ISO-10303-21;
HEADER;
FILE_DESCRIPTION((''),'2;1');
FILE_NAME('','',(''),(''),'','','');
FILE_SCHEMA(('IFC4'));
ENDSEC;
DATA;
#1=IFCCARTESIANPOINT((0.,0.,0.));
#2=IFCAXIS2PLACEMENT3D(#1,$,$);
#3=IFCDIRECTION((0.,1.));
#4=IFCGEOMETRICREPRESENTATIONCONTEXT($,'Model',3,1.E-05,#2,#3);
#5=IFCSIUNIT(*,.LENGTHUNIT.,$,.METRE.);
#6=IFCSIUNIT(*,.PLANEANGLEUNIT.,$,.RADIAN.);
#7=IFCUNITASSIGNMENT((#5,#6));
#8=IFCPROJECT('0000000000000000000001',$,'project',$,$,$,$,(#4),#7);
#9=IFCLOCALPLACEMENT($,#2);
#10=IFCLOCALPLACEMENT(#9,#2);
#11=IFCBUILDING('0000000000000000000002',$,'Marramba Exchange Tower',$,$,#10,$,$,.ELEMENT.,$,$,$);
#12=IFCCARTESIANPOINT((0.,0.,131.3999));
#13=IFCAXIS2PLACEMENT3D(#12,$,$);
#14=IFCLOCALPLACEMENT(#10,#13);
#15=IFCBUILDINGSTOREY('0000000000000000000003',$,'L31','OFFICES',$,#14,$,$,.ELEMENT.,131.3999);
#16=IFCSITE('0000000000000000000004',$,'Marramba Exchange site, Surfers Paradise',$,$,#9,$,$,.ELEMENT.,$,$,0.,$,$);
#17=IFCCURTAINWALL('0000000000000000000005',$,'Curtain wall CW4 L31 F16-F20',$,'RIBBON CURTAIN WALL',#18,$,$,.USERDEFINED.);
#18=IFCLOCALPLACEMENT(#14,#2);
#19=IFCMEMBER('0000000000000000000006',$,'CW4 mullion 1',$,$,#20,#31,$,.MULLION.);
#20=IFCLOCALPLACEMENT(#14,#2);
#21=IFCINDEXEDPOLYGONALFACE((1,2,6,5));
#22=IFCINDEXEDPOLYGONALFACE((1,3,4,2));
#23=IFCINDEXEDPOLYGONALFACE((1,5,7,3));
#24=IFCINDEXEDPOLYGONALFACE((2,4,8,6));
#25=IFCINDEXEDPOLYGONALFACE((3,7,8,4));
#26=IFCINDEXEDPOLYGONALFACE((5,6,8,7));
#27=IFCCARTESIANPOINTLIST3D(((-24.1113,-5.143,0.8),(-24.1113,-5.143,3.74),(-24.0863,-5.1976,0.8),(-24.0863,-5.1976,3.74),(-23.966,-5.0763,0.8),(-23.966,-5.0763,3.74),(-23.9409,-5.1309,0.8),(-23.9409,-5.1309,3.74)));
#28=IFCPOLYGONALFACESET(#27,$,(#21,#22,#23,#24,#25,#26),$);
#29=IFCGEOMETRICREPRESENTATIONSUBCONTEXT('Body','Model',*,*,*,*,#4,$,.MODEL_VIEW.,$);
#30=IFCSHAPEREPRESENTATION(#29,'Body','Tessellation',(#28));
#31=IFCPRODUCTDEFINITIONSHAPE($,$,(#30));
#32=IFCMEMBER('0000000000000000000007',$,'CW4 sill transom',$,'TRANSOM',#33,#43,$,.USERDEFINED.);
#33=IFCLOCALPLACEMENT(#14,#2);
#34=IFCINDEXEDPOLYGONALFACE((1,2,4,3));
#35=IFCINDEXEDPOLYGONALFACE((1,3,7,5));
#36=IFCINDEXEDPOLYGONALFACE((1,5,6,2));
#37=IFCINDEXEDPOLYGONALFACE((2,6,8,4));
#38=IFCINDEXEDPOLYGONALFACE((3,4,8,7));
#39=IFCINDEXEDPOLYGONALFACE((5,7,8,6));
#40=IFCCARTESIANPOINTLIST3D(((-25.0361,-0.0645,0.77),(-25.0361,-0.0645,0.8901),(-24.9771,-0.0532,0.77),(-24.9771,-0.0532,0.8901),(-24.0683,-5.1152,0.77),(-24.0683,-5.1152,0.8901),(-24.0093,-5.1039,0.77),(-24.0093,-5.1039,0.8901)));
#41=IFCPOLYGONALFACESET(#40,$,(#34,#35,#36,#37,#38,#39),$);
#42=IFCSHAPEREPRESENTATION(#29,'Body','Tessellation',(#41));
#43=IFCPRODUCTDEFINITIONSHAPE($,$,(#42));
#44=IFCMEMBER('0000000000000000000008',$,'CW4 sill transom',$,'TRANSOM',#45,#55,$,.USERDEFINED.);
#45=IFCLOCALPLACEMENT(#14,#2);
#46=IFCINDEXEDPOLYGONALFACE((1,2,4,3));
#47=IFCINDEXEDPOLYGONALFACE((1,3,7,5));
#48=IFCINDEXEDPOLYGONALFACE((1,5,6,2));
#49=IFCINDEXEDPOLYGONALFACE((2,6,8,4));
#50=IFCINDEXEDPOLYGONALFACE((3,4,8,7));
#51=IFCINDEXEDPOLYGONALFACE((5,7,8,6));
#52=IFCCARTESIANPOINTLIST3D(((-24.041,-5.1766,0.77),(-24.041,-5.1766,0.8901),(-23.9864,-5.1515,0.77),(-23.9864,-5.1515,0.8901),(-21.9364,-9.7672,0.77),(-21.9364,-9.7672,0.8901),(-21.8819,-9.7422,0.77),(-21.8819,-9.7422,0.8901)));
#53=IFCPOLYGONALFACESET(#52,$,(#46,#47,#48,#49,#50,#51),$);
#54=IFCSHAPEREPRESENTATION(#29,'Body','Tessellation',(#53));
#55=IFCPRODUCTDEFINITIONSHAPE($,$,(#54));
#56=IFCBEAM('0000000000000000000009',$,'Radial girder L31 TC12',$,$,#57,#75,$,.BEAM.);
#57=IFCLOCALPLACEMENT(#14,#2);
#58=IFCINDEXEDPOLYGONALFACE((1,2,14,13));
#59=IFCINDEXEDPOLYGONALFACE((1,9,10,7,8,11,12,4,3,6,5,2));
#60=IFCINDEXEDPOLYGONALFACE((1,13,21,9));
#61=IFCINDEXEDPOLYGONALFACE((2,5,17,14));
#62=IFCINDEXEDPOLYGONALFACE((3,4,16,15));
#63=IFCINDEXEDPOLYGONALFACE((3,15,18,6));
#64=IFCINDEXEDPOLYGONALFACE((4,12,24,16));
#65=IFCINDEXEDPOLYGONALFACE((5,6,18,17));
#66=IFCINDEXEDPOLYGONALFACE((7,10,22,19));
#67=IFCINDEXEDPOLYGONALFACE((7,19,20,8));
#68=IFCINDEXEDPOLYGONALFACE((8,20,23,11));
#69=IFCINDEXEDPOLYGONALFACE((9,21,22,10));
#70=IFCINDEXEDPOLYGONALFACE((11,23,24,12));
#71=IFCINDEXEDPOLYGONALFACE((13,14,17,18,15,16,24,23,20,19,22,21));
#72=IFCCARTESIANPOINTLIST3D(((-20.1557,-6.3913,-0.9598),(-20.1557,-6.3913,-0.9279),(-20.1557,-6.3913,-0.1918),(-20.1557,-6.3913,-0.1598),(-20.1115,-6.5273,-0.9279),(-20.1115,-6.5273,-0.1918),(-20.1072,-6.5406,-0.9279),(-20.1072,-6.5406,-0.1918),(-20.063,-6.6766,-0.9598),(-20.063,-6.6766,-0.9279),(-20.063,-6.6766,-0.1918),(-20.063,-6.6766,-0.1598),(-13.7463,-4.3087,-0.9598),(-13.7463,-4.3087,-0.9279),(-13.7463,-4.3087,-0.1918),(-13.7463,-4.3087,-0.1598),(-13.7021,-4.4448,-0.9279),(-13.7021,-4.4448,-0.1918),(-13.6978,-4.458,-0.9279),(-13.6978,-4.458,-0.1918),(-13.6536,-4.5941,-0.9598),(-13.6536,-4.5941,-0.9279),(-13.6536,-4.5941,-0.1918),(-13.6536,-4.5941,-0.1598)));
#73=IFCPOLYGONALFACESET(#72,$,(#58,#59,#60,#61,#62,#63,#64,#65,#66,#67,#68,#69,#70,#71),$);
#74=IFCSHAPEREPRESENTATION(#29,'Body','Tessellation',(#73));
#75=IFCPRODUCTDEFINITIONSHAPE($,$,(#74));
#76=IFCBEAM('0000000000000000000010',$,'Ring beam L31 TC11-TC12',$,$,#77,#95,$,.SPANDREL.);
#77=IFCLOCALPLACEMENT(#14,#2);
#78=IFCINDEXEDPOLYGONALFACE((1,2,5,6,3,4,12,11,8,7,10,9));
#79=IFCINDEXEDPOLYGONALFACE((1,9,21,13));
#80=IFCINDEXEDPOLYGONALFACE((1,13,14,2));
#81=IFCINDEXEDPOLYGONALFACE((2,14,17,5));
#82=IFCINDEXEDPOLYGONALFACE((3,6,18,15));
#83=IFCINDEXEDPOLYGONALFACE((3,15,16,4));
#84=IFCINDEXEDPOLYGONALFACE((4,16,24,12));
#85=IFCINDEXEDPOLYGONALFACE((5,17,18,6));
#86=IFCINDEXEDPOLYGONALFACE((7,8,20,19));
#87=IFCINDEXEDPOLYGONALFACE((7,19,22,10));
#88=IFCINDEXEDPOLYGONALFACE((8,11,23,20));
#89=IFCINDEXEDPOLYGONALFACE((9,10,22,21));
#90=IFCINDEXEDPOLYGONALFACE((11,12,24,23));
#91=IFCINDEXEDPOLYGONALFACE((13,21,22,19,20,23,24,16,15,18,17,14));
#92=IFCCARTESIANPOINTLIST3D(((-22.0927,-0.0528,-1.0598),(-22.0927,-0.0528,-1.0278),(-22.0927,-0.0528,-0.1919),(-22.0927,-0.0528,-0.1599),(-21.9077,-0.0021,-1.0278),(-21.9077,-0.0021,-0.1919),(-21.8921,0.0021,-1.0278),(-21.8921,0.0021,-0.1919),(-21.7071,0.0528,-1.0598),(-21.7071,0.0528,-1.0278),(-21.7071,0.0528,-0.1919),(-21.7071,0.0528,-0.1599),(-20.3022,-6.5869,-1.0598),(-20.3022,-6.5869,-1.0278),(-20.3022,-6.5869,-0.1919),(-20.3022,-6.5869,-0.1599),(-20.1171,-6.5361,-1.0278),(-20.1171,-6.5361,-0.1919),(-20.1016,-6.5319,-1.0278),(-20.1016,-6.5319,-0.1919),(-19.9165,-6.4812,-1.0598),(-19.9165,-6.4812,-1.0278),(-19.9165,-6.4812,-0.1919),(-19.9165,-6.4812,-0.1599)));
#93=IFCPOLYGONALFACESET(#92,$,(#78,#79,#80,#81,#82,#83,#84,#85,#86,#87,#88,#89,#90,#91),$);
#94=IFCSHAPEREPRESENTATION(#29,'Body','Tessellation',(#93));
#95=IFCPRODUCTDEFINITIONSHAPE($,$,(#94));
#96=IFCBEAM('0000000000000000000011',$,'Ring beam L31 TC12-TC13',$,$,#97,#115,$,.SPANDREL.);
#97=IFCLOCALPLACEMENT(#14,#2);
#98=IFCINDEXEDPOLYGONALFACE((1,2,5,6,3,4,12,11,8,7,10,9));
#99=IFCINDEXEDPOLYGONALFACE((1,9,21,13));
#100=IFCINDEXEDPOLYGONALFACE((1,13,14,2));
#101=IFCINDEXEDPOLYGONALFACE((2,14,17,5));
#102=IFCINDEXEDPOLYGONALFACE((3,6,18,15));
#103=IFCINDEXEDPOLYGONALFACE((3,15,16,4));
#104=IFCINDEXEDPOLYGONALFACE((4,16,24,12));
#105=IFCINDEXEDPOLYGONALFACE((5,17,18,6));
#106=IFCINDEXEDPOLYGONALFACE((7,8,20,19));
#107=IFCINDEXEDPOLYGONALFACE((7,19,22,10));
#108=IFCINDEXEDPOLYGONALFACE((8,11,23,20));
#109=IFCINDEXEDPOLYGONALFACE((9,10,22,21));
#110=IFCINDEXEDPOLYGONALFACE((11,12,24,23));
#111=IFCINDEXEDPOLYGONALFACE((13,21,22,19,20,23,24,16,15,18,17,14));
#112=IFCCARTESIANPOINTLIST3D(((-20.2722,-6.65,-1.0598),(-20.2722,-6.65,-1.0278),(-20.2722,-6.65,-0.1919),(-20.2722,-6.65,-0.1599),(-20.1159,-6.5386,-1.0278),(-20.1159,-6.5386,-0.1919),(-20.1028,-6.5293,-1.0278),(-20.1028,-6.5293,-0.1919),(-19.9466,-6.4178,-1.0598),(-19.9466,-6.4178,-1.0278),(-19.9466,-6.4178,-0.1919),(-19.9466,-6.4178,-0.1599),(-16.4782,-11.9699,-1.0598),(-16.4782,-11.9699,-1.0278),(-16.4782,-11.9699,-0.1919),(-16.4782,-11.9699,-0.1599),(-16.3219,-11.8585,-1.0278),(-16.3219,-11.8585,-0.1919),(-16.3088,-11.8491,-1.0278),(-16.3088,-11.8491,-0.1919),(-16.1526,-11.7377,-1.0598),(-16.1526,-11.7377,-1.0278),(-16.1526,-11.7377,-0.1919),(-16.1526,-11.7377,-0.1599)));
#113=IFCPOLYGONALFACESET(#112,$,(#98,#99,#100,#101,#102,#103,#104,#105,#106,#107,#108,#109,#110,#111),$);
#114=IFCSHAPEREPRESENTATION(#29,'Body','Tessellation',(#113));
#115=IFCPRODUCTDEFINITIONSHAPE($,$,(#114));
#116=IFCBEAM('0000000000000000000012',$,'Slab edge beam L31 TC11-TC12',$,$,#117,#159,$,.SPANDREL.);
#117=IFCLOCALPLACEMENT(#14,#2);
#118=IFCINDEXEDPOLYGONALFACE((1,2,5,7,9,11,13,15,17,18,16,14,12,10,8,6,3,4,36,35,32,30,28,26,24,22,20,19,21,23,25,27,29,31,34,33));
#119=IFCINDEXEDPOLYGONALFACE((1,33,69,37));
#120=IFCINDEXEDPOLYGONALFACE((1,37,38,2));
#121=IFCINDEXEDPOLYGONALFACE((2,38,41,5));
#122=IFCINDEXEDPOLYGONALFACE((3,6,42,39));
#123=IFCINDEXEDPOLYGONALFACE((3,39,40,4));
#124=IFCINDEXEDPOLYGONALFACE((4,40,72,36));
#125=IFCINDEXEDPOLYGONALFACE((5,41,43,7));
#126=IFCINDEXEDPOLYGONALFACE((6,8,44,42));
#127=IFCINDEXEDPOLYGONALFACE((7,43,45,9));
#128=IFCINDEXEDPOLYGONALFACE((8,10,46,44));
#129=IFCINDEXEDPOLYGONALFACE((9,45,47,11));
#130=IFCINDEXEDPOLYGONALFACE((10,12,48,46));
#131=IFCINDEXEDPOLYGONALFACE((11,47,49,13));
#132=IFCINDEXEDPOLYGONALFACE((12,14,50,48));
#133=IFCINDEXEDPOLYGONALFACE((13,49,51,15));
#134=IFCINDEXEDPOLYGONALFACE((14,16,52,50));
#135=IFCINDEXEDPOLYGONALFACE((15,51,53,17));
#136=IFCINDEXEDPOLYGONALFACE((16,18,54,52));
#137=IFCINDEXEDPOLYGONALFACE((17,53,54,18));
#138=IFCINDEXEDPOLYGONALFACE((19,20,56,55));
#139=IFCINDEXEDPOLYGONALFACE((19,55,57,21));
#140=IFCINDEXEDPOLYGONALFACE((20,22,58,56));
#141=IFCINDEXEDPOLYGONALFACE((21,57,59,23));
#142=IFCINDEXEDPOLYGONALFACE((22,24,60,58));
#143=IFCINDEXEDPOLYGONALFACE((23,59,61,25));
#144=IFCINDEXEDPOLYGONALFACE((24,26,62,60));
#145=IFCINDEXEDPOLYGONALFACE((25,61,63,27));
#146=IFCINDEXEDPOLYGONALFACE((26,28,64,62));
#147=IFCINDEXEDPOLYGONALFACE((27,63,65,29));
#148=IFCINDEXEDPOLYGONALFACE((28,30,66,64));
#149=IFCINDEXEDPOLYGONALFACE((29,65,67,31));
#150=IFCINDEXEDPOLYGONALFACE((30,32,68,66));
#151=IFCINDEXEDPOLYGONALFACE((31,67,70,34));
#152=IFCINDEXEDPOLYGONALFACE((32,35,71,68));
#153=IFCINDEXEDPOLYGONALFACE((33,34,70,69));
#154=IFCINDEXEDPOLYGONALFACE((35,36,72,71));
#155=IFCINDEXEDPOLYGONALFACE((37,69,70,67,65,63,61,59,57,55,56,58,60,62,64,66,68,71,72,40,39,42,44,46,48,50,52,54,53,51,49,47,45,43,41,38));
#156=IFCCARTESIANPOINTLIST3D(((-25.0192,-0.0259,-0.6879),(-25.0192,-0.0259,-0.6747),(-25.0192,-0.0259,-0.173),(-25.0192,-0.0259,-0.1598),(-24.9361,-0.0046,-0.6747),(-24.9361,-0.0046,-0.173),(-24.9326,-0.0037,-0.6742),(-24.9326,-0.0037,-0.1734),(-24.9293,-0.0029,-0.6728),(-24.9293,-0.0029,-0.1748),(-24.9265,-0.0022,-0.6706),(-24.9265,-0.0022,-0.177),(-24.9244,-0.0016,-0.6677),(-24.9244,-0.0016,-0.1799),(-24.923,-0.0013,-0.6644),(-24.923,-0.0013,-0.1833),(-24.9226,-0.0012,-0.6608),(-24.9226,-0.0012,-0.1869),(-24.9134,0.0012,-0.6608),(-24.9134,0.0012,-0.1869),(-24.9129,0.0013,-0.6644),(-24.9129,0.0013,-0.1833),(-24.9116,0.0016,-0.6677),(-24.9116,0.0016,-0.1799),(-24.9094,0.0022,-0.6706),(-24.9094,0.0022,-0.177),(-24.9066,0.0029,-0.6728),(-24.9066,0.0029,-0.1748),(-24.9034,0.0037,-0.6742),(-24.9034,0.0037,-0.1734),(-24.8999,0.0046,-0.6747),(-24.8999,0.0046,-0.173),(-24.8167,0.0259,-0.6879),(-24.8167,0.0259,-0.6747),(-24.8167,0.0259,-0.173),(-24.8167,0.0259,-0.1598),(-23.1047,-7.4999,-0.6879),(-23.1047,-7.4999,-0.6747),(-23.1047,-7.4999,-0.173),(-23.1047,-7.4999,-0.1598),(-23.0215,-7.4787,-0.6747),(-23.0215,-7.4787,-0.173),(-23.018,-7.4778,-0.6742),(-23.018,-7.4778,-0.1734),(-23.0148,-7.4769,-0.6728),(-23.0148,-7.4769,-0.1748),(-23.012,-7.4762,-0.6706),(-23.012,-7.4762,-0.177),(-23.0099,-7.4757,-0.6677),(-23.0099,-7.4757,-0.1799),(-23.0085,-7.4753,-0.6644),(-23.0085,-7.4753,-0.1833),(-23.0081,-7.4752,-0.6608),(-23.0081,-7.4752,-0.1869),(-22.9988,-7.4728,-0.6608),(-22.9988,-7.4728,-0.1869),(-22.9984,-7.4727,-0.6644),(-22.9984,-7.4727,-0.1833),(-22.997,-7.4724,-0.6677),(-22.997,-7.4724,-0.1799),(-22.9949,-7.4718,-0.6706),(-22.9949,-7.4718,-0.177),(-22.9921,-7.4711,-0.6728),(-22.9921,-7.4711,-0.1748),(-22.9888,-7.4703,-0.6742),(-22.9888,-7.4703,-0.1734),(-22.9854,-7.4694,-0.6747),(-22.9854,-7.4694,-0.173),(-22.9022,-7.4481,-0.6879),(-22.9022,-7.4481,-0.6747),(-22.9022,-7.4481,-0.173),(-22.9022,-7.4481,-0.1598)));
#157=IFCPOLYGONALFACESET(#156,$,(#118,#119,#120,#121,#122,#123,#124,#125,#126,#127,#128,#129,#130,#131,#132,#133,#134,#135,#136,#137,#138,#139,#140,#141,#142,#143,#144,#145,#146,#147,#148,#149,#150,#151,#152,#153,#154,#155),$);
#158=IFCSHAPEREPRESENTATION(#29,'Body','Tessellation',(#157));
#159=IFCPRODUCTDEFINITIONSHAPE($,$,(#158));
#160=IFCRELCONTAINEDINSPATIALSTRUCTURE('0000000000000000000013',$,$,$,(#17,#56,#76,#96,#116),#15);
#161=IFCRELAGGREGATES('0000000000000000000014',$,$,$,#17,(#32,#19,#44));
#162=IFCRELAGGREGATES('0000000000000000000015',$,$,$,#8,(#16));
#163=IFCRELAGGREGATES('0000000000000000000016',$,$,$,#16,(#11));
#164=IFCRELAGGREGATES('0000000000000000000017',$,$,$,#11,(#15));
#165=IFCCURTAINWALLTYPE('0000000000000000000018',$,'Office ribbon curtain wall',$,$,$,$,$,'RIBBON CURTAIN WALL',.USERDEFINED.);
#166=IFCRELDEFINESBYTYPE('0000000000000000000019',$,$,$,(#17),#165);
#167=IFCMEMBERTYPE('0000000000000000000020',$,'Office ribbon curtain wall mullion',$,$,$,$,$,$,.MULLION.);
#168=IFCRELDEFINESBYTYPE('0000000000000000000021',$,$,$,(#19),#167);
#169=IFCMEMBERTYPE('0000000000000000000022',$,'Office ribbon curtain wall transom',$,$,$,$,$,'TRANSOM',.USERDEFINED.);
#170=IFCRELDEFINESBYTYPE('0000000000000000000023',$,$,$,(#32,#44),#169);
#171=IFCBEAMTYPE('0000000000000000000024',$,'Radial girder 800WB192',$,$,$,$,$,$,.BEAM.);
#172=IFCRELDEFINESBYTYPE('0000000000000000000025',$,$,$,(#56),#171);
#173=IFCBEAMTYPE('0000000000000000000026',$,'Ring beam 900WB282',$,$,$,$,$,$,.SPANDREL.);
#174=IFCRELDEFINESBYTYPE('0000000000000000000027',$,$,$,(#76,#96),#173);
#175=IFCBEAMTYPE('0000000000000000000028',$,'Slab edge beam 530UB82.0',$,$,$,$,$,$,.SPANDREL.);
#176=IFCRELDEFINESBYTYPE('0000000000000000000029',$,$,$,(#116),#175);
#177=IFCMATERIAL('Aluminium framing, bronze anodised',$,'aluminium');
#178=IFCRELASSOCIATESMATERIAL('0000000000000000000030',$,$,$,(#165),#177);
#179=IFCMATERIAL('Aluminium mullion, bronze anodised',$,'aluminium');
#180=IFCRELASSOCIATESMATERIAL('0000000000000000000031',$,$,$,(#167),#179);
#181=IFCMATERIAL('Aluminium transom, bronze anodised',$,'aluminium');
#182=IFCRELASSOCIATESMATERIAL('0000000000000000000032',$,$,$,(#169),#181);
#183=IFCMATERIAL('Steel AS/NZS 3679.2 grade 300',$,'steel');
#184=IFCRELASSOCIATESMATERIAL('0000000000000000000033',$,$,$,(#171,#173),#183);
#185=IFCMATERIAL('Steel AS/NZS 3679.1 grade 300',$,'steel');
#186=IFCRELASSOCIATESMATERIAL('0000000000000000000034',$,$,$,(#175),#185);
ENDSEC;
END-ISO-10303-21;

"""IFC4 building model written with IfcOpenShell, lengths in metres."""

from ifc_helpers import new_model, si_unit, direction, frame, origin, origin_2d, place, context, subcontext, project, spatial, rectangle, i_section, extrude, material, material_profile, profile_set, type_object, element, aggregate, save


model = new_model("IFC4")

# Units and contexts
model_context = context("Model", 3, precision=1e-05, world=origin(), true_north=direction((0.0, 1.0)))
body_context = subcontext(model_context, "Body", "Model", "MODEL_VIEW")
ifc_project = project(units=[si_unit("LENGTHUNIT", "METRE"), si_unit("PLANEANGLEUNIT", "RADIAN")], contexts=[model_context])

# Site, building, storey
site_placement = place(None, origin())
site = spatial("IfcSite", under=ifc_project, at=site_placement, Name="Marramba Exchange site, Surfers Paradise", CompositionType="ELEMENT", RefElevation=0.0)
building_placement = place(site_placement, origin())
building = spatial("IfcBuilding", under=site, at=building_placement, Name="Marramba Exchange Tower", CompositionType="ELEMENT")
storey_placement = place(building_placement, frame((0.0, 0.0, 131.3999)))
storey = spatial("IfcBuildingStorey", under=building, at=storey_placement, Name="L31", Description="OFFICES", CompositionType="ELEMENT", Elevation=131.3999)

# Shared definitions
ifc_material_1 = material(Name="Steel AS/NZS 3679.2 grade 300", Category="steel")
ifc_material_2 = material(Name="Steel AS/NZS 3679.1 grade 300", Category="steel")

# Curtain wall, members
ifc_material_3 = material(Name="Aluminium framing, bronze anodised", Category="aluminium")
curtain_wall_type = type_object("IfcCurtainWallType", Name="Office ribbon curtain wall", ElementType="RIBBON CURTAIN WALL", PredefinedType="USERDEFINED", material=ifc_material_3)
curtain_wall_placement = place(storey_placement, origin())
curtain_wall = element("IfcCurtainWall", 1, at=curtain_wall_placement, inside=storey, type_object=curtain_wall_type, Name="Curtain wall CW4 L31 F16-F20", ObjectType="RIBBON CURTAIN WALL", PredefinedType="USERDEFINED")
ifc_material_4 = material(Name="Aluminium mullion, bronze anodised", Category="aluminium")
ifc_material_profile_1 = material_profile(ifc_material_4, rectangle(XDim=0.1599, YDim=0.0601, at=origin_2d()), Name="CW4 mullion 60x160")
ifc_profile_set_1 = profile_set([ifc_material_profile_1], Name="Aluminium mullion, bronze anodised")
member_type_1 = type_object("IfcMemberType", Name="Office ribbon curtain wall mullion", PredefinedType="MULLION", material=ifc_profile_set_1)
member_1_placement = place(storey_placement, frame((-24.0261, -5.137, 0.8), z_axis=(0.0, 0.0, 1.0), x_axis=(0.909027, 0.416738, 0.0)))
member_1 = element("IfcMember", 2, at=member_1_placement, type_object=member_type_1, Name="CW4 mullion 1", PredefinedType="MULLION", context=body_context, shape_type="SweptSolid", body=[
    extrude(rectangle(XDim=0.1599, YDim=0.0601, at=origin_2d()), origin(), (0.0, 0.0, 1.0), 2.9399),
])
ifc_material_5 = material(Name="Aluminium transom, bronze anodised", Category="aluminium")
ifc_material_profile_2 = material_profile(ifc_material_5, rectangle(XDim=0.0601, YDim=0.1201, at=origin_2d()), Name="CW4 transom 60x120")
ifc_profile_set_2 = profile_set([ifc_material_profile_2], Name="Aluminium transom, bronze anodised")
member_type_2 = type_object("IfcMemberType", Name="Office ribbon curtain wall transom", ElementType="TRANSOM", PredefinedType="USERDEFINED", material=ifc_profile_set_2)
member_2_placement = place(storey_placement, frame((-25.0066, -0.0588, 0.8301), z_axis=(0.188185, -0.982134, 0.0), x_axis=(0.982134, 0.188185, 0.0)))
member_2 = element("IfcMember", 3, at=member_2_placement, type_object=member_type_2, Name="CW4 sill transom", ObjectType="TRANSOM", PredefinedType="USERDEFINED", context=body_context, shape_type="SweptSolid", body=[
    extrude(rectangle(XDim=0.0601, YDim=0.1201, at=origin_2d()), origin(), (0.0, 0.0, 1.0), 5.1426),
])
member_3_placement = place(storey_placement, frame((-24.0137, -5.1641, 0.8301), z_axis=(0.416733, -0.909029, 0.0), x_axis=(0.909029, 0.416733, 0.0)))
member_3 = element("IfcMember", 4, at=member_3_placement, type_object=member_type_2, Name="CW4 sill transom", ObjectType="TRANSOM", PredefinedType="USERDEFINED", context=body_context, shape_type="SweptSolid", body=[
    extrude(rectangle(XDim=0.0601, YDim=0.1201, at=origin_2d()), origin(), (0.0, 0.0, 1.0), 5.05),
])

# Beams
ifc_material_profile_3 = material_profile(ifc_material_1, i_section(OverallWidth=0.3, OverallDepth=0.8, WebThickness=0.0139, FlangeThickness=0.032, at=origin_2d()), Name="800WB192")
ifc_profile_set_3 = profile_set([ifc_material_profile_3], Name="Steel AS/NZS 3679.2 grade 300")
beam_type_1 = type_object("IfcBeamType", Name="Radial girder 800WB192", PredefinedType="BEAM", material=ifc_profile_set_3)
beam_1_placement = place(storey_placement, frame((-13.7, -4.4514, -0.5598), z_axis=(-0.951058, -0.309013, 0.0), x_axis=(0.309013, -0.951058, 0.0)))
element("IfcBeam", 5, at=beam_1_placement, inside=storey, type_object=beam_type_1, Name="Radial girder L31 TC12", PredefinedType="BEAM", context=body_context, shape_type="SweptSolid", body=[
    extrude(i_section(OverallWidth=0.3, OverallDepth=0.8, WebThickness=0.0139, FlangeThickness=0.032, at=origin_2d()), origin(), (0.0, 0.0, 1.0), 6.7393),
])
ifc_material_profile_4 = material_profile(ifc_material_1, i_section(OverallWidth=0.3999, OverallDepth=0.8999, WebThickness=0.0161, FlangeThickness=0.032, at=origin_2d()), Name="900WB282")
ifc_profile_set_4 = profile_set([ifc_material_profile_4], Name="Steel AS/NZS 3679.2 grade 300")
beam_type_2 = type_object("IfcBeamType", Name="Ring beam 900WB282", PredefinedType="SPANDREL", material=ifc_profile_set_4)
beam_2_placement = place(storey_placement, frame((-21.8999, 0.0, -0.6099), z_axis=(0.264291, -0.964443, 0.0), x_axis=(0.964443, 0.264291, 0.0)))
element("IfcBeam", 6, at=beam_2_placement, inside=storey, type_object=beam_type_2, Name="Ring beam L31 TC11-TC12", PredefinedType="SPANDREL", context=body_context, shape_type="SweptSolid", body=[
    extrude(i_section(OverallWidth=0.3999, OverallDepth=0.8999, WebThickness=0.0161, FlangeThickness=0.032, at=origin_2d()), origin(), (0.0, 0.0, 1.0), 6.7749),
])
beam_3_placement = place(storey_placement, frame((-20.1094, -6.5339, -0.6099), z_axis=(0.580637, -0.814162, 0.0), x_axis=(0.814162, 0.580637, 0.0)))
element("IfcBeam", 7, at=beam_3_placement, inside=storey, type_object=beam_type_2, Name="Ring beam L31 TC12-TC13", PredefinedType="SPANDREL", context=body_context, shape_type="SweptSolid", body=[
    extrude(i_section(OverallWidth=0.3999, OverallDepth=0.8999, WebThickness=0.0161, FlangeThickness=0.032, at=origin_2d()), origin(), (0.0, 0.0, 1.0), 6.5342),
])
ifc_material_profile_5 = material_profile(ifc_material_2, i_section(OverallWidth=0.209, OverallDepth=0.5281, WebThickness=0.0095, FlangeThickness=0.0132, FilletRadius=0.0139, at=origin_2d()), Name="530UB82.0")
ifc_profile_set_5 = profile_set([ifc_material_profile_5], Name="Steel AS/NZS 3679.1 grade 300")
beam_type_3 = type_object("IfcBeamType", Name="Slab edge beam 530UB82.0", PredefinedType="SPANDREL", material=ifc_profile_set_5)
beam_4_placement = place(storey_placement, frame((-24.918, 0.0, -0.4238), z_axis=(0.248145, -0.968723, 0.0), x_axis=(0.968723, 0.248145, 0.0)))
element("IfcBeam", 8, at=beam_4_placement, inside=storey, type_object=beam_type_3, Name="Slab edge beam L31 TC11-TC12", PredefinedType="SPANDREL", context=body_context, shape_type="SweptSolid", body=[
    extrude(i_section(OverallWidth=0.209, OverallDepth=0.5281, WebThickness=0.0095, FlangeThickness=0.0132, FilletRadius=0.0139, at=origin_2d()), origin(), (0.0, 0.0, 1.0), 7.7153),
])

aggregate(curtain_wall, [member_2, member_1, member_3])

save(model, "model.ifc")
